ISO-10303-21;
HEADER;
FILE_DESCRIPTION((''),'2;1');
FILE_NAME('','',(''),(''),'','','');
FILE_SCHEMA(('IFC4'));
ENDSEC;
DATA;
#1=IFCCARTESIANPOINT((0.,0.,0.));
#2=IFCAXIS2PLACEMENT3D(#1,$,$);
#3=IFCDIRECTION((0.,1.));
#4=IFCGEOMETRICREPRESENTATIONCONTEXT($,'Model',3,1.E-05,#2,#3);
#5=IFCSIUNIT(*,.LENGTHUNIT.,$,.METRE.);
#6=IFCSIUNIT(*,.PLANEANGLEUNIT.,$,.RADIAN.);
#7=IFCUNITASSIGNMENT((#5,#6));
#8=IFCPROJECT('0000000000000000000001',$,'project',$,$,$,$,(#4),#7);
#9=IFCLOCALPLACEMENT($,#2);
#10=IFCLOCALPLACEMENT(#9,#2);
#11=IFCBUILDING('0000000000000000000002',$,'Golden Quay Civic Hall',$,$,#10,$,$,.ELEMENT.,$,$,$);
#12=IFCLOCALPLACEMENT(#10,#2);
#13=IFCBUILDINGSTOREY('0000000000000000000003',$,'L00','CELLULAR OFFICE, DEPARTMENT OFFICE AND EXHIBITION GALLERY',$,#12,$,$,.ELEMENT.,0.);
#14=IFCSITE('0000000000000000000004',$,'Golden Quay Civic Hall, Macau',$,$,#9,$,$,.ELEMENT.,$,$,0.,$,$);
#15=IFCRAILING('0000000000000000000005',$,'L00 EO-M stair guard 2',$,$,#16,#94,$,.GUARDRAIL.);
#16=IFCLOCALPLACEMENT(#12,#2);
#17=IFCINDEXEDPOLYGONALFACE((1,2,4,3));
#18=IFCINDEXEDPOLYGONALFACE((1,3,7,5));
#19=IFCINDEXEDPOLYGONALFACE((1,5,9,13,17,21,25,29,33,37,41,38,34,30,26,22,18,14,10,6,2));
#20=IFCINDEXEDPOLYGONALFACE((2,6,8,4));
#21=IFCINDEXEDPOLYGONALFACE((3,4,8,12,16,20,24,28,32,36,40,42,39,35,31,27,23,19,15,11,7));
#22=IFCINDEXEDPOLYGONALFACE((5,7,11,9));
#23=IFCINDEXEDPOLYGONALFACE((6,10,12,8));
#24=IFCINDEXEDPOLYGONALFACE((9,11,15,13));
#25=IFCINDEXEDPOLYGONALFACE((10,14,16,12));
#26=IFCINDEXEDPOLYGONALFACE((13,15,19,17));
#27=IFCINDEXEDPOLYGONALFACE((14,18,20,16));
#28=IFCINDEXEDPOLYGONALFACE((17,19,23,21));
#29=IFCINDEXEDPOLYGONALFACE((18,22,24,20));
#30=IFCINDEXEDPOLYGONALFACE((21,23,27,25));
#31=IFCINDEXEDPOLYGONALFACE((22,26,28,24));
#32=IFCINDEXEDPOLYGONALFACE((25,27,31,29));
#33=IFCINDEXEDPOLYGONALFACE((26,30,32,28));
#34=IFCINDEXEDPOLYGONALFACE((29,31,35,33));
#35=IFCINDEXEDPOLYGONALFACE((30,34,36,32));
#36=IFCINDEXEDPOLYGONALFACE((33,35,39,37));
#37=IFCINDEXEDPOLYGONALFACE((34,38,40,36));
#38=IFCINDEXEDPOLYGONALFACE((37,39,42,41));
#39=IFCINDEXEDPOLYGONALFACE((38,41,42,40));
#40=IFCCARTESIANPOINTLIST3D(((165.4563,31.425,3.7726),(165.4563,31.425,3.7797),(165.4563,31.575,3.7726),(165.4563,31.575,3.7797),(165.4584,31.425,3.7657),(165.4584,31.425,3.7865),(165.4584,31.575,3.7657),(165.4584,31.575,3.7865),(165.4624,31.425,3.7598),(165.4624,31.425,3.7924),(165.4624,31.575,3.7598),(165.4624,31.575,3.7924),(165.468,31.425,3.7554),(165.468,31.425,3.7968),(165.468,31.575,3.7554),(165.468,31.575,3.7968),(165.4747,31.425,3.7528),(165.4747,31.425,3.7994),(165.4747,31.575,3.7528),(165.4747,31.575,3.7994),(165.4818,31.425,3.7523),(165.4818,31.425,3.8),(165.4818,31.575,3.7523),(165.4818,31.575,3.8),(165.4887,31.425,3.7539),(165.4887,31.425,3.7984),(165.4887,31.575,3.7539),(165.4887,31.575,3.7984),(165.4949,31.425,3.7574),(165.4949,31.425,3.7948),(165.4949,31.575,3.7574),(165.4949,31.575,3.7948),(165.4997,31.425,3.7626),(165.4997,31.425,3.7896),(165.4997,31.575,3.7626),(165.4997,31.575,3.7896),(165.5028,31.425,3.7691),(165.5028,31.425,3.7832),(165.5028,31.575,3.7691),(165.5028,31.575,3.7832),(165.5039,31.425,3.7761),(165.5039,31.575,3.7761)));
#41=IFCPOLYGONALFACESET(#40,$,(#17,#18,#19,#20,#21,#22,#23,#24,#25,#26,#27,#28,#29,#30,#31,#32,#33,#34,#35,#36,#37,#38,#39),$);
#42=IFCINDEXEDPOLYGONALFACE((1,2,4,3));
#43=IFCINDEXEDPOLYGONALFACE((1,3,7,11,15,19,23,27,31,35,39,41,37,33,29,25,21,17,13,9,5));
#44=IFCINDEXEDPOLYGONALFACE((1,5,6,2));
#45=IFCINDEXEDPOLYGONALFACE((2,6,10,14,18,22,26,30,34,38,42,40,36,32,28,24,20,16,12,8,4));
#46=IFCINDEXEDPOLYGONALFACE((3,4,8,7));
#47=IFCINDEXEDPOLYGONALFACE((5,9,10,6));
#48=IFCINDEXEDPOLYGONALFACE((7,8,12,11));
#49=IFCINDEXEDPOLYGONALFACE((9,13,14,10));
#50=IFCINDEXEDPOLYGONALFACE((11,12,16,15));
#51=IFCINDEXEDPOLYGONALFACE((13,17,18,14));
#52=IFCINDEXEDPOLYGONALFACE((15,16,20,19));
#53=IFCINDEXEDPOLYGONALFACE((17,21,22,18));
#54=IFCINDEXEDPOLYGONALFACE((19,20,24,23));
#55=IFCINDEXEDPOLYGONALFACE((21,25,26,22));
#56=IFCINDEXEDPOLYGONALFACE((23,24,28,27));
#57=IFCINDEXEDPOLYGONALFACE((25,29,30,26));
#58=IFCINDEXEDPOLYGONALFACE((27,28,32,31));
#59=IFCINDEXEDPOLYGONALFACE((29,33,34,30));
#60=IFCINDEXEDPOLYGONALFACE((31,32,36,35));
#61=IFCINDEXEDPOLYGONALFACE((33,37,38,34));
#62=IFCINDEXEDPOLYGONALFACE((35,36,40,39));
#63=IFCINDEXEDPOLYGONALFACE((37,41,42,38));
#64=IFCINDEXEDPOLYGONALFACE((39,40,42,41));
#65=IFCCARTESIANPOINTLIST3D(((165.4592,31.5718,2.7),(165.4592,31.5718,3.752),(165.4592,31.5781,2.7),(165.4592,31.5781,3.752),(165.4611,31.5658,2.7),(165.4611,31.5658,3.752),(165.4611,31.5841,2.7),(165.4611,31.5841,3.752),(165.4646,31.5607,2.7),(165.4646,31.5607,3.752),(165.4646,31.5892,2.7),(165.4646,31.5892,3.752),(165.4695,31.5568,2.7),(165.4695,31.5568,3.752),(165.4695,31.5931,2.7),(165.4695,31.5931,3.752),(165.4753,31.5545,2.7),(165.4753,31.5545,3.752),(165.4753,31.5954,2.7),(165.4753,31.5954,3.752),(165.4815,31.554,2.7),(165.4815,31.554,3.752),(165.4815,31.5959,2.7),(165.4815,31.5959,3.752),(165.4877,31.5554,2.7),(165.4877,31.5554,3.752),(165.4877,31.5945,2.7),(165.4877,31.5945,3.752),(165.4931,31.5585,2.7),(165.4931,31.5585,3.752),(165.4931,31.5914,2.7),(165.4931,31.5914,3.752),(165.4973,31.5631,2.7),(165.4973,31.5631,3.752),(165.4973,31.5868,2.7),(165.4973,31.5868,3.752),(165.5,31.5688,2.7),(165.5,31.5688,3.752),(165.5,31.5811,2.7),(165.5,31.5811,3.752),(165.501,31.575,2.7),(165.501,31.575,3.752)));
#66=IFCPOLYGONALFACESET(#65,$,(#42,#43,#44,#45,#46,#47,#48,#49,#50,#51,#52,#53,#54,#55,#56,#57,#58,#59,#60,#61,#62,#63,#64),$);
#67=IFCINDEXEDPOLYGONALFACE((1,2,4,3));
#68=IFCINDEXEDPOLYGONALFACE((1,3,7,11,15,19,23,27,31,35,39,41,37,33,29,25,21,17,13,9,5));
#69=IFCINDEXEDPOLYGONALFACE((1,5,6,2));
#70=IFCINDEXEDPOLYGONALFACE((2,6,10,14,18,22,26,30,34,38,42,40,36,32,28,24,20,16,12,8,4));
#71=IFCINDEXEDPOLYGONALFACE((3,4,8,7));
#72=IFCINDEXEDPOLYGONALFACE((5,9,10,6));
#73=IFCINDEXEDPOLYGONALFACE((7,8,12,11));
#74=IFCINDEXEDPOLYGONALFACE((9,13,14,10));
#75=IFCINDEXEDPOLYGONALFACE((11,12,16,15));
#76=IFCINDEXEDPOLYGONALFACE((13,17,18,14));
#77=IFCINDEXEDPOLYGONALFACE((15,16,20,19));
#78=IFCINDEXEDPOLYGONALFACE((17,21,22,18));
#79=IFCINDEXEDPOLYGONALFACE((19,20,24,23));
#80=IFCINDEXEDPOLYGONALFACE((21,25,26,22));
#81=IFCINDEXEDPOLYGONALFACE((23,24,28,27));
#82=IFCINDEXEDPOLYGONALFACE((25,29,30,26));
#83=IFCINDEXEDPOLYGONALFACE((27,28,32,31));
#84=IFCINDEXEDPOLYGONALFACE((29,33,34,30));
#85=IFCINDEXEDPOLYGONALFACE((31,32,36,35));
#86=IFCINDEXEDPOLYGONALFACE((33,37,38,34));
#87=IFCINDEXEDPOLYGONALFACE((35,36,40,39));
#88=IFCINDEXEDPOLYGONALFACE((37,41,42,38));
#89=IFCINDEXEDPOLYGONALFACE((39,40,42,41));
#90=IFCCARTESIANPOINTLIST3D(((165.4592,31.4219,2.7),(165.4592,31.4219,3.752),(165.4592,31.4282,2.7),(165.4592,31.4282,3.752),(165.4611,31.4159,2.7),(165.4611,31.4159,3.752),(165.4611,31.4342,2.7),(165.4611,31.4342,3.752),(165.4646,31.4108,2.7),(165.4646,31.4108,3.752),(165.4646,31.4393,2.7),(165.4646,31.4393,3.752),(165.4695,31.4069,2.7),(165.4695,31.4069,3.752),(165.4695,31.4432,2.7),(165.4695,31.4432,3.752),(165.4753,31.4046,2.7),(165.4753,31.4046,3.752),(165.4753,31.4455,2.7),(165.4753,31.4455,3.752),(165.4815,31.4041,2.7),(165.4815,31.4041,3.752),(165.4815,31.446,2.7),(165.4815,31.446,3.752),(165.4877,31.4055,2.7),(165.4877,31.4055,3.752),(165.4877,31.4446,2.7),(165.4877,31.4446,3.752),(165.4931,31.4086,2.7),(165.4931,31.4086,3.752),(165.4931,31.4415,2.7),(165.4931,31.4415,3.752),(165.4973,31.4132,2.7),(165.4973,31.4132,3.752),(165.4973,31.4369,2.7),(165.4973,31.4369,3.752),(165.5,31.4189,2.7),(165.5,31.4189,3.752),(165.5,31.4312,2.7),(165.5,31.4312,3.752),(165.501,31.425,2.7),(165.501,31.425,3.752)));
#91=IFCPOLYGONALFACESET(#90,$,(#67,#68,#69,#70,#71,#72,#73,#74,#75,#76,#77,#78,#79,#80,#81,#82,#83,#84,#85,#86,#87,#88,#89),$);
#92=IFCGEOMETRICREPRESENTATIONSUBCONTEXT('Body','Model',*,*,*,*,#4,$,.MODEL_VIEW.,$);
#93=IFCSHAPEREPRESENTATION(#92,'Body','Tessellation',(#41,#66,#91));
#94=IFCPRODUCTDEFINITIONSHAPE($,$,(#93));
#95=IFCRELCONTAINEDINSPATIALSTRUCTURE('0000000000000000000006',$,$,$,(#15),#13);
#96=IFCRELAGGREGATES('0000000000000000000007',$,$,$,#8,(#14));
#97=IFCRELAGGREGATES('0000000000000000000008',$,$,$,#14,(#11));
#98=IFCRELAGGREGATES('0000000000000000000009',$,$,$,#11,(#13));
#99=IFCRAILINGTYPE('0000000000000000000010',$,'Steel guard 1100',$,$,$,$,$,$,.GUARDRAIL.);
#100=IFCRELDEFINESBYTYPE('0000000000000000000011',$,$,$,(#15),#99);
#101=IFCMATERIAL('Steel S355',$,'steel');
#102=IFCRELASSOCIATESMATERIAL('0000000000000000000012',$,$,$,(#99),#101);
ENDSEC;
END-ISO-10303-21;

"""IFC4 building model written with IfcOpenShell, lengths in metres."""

from ifc_helpers import new_model, si_unit, direction, frame, origin, origin_2d, place, context, subcontext, project, spatial, circle, extrude, material, type_object, element, save


model = new_model("IFC4")

# Units and contexts
model_context = context("Model", 3, precision=1e-05, world=origin(), true_north=direction((0.0, 1.0)))
body_context = subcontext(model_context, "Body", "Model", "MODEL_VIEW")
ifc_project = project(units=[si_unit("LENGTHUNIT", "METRE"), si_unit("PLANEANGLEUNIT", "RADIAN")], contexts=[model_context])

# Site, building, storey
site_placement = place(None, origin())
site = spatial("IfcSite", under=ifc_project, at=site_placement, Name="Golden Quay Civic Hall, Macau", CompositionType="ELEMENT", RefElevation=0.0)
building_placement = place(site_placement, origin())
building = spatial("IfcBuilding", under=site, at=building_placement, Name="Golden Quay Civic Hall", CompositionType="ELEMENT")
storey_placement = place(building_placement, origin())
storey = spatial("IfcBuildingStorey", under=building, at=storey_placement, Name="L00", Description="CELLULAR OFFICE, DEPARTMENT OFFICE AND EXHIBITION GALLERY", CompositionType="ELEMENT", Elevation=0.0)

# Railing
ifc_material_1 = material(Name="Steel S355", Category="steel")
railing_type_1 = type_object("IfcRailingType", Name="Steel guard 1100", PredefinedType="GUARDRAIL", material=ifc_material_1)
railing_1_placement = place(storey_placement, frame((165.48, 31.575, 2.7)))
element("IfcRailing", 1, at=railing_1_placement, inside=storey, type_object=railing_type_1, Name="L00 EO-M stair guard 2", PredefinedType="GUARDRAIL", context=body_context, shape_type="SweptSolid", body=[
    extrude(circle(Radius=0.0239, at=origin_2d()), frame((0.0, 0.0, 1.0762), z_axis=(0.0, -1.0, 0.0), x_axis=(1.0, 0.0, 0.0)), (0.0, 0.0, 1.0), 0.1499),
    extrude(circle(Radius=0.021, at=origin_2d()), origin(), (0.0, 0.0, 1.0), 1.052),
    extrude(circle(Radius=0.021, at=origin_2d()), frame((0.0, -0.1499, 0.0)), (0.0, 0.0, 1.0), 1.052),
])

save(model, "model.ifc")
